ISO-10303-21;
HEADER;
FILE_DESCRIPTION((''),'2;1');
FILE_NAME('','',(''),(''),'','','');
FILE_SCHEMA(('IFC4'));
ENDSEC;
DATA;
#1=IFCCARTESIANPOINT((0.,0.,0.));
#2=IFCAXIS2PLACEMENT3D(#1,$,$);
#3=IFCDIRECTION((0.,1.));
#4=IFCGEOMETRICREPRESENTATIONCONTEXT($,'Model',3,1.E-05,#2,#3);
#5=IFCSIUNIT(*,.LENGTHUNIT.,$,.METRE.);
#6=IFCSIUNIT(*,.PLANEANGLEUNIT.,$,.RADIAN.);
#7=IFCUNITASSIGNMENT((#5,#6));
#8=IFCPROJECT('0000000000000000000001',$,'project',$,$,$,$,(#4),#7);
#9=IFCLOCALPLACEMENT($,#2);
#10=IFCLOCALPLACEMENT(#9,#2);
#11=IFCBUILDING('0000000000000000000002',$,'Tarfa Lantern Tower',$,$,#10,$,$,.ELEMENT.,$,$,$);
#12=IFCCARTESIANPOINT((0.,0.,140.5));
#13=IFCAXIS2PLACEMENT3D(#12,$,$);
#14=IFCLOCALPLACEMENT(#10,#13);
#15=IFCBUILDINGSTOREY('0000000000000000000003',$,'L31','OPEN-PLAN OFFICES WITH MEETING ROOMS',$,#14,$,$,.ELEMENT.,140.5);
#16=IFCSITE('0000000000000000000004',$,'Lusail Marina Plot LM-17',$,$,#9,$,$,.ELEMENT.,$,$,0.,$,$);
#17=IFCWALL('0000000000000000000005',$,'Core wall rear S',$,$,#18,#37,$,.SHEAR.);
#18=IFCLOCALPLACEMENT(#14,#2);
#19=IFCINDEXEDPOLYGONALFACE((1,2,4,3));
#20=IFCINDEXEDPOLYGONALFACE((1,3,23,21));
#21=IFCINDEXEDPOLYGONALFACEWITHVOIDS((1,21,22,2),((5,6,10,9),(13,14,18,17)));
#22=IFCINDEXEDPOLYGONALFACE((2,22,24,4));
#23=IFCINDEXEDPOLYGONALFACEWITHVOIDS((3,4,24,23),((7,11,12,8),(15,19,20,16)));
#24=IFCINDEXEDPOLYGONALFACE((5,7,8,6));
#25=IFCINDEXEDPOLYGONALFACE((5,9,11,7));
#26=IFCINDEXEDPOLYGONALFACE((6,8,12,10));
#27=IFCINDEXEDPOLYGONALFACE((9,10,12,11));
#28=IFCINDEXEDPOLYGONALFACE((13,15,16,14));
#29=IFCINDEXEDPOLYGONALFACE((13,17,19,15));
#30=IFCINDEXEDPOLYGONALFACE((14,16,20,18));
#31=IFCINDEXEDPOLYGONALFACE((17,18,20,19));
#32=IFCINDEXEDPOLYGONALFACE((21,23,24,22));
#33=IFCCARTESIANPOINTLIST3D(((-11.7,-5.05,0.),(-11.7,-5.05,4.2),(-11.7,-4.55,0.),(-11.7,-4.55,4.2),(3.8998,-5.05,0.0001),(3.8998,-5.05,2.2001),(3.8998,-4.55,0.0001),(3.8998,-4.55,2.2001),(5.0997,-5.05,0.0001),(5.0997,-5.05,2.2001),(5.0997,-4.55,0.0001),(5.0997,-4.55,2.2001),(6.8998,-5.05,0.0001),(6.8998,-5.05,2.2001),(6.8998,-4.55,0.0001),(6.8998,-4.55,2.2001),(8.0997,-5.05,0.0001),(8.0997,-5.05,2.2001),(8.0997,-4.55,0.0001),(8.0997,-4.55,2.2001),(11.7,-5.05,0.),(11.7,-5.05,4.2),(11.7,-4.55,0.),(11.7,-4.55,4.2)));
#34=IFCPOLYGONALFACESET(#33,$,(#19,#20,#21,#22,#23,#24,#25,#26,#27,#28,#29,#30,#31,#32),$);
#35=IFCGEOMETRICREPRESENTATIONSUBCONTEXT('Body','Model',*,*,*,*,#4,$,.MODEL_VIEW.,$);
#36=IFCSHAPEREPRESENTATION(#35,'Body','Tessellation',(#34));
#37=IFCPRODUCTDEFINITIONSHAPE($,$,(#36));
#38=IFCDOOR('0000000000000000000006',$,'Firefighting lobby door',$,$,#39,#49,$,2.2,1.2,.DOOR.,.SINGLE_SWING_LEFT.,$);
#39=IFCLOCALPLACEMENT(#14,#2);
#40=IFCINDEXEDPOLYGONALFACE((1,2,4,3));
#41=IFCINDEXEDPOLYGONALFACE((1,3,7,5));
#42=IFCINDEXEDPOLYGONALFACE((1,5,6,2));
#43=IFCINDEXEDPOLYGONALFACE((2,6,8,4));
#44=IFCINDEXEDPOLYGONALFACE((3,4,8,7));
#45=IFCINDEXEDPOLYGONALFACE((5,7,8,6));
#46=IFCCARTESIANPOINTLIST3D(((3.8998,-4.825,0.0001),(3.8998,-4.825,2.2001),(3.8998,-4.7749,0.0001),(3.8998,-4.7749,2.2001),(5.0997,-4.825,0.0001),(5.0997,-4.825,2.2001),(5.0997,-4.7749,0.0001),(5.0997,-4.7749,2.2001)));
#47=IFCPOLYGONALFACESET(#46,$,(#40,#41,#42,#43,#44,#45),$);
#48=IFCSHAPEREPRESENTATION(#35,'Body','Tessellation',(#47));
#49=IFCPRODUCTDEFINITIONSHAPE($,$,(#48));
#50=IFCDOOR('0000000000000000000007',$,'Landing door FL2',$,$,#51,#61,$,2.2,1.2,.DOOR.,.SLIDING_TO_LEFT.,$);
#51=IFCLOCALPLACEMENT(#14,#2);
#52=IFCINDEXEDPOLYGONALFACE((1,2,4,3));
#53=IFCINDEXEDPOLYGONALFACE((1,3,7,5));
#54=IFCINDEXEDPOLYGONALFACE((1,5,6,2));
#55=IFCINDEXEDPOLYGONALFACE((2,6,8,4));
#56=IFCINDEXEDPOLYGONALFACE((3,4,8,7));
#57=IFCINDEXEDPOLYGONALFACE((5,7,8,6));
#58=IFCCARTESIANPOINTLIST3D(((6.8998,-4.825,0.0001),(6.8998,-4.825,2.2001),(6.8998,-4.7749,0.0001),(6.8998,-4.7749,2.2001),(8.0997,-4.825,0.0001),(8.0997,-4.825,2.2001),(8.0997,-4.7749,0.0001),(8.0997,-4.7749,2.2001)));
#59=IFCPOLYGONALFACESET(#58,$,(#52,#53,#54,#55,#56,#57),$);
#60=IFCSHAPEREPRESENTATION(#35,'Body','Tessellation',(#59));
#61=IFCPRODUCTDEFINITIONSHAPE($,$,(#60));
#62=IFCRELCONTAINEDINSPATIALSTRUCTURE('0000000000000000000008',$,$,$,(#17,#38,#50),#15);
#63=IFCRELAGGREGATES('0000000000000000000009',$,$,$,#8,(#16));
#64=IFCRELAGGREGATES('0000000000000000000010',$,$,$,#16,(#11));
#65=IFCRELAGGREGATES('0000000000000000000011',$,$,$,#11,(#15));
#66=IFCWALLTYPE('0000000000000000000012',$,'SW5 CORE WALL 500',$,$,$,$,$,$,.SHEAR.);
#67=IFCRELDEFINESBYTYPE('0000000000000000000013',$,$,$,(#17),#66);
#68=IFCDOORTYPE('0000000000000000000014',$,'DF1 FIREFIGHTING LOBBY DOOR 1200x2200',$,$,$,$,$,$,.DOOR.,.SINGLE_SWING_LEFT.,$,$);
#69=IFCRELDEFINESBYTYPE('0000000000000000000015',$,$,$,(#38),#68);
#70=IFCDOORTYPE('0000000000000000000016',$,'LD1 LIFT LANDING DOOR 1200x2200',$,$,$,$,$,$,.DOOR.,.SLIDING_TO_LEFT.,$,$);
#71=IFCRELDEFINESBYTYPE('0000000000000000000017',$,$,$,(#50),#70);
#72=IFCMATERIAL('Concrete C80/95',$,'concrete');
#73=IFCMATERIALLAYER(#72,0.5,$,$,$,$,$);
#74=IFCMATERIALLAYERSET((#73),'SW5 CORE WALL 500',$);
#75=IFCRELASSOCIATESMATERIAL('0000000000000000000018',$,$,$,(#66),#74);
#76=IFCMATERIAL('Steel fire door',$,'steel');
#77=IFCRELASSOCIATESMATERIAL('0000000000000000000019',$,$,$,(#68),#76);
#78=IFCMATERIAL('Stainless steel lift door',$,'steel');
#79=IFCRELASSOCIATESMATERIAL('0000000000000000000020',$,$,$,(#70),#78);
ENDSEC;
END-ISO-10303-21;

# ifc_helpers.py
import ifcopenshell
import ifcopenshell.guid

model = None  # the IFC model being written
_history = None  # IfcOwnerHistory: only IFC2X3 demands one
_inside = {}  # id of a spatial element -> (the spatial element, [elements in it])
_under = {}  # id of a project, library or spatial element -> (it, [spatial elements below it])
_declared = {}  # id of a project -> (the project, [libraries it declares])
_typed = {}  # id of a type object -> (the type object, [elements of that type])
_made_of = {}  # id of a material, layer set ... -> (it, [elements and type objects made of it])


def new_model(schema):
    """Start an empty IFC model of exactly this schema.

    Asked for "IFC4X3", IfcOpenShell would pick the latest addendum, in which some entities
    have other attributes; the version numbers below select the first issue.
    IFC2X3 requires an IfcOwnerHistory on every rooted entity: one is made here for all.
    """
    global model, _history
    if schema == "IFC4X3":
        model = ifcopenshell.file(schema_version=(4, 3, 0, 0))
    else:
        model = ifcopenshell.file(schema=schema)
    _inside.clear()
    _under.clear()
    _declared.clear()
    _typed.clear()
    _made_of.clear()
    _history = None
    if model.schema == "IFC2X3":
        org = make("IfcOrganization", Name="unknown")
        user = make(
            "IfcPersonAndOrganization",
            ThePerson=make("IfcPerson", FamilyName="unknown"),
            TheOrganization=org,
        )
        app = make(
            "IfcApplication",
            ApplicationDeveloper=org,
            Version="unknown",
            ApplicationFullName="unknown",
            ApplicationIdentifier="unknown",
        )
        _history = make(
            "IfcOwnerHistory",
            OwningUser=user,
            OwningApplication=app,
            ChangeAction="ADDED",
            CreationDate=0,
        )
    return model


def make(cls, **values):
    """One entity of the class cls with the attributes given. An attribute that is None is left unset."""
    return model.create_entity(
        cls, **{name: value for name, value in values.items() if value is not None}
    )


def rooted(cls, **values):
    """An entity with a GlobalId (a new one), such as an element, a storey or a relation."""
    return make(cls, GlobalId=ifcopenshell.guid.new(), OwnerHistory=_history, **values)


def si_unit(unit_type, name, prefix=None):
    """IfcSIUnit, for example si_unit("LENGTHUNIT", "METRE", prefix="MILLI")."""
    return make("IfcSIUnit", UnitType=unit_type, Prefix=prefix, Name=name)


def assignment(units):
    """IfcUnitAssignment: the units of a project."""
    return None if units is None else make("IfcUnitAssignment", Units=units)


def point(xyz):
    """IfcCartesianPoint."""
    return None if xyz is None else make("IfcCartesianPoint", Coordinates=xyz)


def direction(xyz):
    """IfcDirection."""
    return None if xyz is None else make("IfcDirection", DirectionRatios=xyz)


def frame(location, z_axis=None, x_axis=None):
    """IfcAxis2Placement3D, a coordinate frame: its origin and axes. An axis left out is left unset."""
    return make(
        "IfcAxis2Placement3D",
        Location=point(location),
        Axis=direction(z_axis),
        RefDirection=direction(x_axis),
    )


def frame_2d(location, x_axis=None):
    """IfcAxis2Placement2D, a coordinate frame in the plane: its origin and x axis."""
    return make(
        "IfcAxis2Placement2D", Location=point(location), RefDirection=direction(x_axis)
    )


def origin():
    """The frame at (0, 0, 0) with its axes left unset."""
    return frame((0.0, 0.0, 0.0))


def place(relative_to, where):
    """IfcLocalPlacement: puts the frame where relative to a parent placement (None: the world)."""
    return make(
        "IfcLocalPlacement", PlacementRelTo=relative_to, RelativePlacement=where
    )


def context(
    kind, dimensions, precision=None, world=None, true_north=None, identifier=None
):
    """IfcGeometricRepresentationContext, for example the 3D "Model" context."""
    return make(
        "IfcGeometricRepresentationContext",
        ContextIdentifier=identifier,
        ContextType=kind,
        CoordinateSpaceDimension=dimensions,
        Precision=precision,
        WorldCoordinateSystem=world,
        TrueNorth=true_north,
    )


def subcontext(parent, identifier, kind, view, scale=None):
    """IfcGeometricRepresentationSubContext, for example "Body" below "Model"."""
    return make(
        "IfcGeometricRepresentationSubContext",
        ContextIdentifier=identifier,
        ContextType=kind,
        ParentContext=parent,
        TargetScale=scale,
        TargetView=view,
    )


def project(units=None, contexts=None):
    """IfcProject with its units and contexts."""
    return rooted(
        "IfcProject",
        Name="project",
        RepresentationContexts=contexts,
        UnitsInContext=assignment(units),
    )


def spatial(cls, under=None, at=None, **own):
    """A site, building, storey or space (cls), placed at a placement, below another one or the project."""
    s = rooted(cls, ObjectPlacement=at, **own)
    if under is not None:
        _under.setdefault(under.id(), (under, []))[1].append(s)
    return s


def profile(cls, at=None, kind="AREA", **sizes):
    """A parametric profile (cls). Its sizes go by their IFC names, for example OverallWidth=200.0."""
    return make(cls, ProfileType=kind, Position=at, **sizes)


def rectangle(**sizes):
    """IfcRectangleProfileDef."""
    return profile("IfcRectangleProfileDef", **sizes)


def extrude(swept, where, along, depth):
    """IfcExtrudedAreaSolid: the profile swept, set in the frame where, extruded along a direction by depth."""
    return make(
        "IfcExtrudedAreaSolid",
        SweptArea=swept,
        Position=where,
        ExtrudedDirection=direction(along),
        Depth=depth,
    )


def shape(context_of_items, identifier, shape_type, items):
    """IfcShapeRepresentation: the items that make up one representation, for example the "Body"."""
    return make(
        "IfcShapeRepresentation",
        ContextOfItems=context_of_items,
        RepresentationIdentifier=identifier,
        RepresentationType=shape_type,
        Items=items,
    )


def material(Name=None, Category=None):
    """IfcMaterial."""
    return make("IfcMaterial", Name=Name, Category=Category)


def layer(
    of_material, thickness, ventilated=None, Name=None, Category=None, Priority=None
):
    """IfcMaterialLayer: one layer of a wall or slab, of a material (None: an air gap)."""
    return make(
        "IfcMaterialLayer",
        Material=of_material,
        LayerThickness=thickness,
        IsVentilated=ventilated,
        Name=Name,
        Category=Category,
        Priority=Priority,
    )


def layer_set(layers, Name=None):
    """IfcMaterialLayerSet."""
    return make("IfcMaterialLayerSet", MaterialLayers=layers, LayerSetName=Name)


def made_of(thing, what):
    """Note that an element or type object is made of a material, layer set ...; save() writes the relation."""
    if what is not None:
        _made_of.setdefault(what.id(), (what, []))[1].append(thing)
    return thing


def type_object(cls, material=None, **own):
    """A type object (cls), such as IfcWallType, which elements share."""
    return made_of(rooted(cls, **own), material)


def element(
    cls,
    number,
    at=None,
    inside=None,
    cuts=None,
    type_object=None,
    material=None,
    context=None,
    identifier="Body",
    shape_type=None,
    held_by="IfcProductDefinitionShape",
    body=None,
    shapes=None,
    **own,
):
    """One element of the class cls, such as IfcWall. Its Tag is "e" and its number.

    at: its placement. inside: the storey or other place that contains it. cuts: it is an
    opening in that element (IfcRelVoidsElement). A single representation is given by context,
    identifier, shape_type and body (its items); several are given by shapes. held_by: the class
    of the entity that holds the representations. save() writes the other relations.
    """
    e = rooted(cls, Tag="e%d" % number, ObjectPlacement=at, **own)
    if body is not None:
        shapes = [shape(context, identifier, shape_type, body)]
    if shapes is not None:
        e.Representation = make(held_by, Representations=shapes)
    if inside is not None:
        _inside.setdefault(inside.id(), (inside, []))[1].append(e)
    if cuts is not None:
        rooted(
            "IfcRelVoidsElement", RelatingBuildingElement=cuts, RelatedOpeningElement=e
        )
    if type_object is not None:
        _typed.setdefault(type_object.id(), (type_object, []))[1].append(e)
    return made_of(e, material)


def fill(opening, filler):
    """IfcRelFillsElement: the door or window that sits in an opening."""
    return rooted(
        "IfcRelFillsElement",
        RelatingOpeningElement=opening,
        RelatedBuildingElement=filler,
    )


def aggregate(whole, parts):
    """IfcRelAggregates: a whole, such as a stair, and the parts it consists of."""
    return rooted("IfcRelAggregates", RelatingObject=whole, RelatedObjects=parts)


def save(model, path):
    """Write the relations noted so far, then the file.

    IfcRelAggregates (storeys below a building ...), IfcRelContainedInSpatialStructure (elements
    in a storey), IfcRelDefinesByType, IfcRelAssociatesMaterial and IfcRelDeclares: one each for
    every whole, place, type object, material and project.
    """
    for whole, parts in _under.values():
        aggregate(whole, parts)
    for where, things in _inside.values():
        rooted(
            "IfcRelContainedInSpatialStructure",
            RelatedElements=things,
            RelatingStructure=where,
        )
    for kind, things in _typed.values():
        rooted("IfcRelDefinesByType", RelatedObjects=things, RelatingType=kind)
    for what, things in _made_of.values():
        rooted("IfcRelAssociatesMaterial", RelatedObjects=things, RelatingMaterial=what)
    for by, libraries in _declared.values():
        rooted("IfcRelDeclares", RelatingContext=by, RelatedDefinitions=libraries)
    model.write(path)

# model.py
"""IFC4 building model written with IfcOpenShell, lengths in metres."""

from ifc_helpers import new_model, si_unit, direction, frame, frame_2d, origin, place, context, subcontext, project, spatial, rectangle, extrude, material, layer, layer_set, type_object, element, fill, save


model = new_model("IFC4")

# Units and contexts
model_context = context("Model", 3, precision=1e-05, world=origin(), true_north=direction((0.0, 1.0)))
body_context = subcontext(model_context, "Body", "Model", "MODEL_VIEW")
ifc_project = project(units=[si_unit("LENGTHUNIT", "METRE"), si_unit("PLANEANGLEUNIT", "RADIAN")], contexts=[model_context])

# Site, building, storey
site_placement = place(None, origin())
site = spatial("IfcSite", under=ifc_project, at=site_placement, Name="Lusail Marina Plot LM-17", CompositionType="ELEMENT", RefElevation=0.0)
building_placement = place(site_placement, origin())
building = spatial("IfcBuilding", under=site, at=building_placement, Name="Tarfa Lantern Tower", CompositionType="ELEMENT")
storey_placement = place(building_placement, frame((0.0, 0.0, 140.5)))
storey = spatial("IfcBuildingStorey", under=building, at=storey_placement, Name="L31", Description="OPEN-PLAN OFFICES WITH MEETING ROOMS", CompositionType="ELEMENT", Elevation=140.5)

# Shared definitions
ifc_material_1 = material(Name="Concrete C80/95", Category="concrete")

# Shared definitions
ifc_material_2 = material(Name="Steel fire door", Category="steel")
ifc_layer_1 = layer(ifc_material_1, 0.5)
ifc_layer_set_1 = layer_set([ifc_layer_1], Name="SW5 CORE WALL 500")
wall_type_1 = type_object("IfcWallType", Name="SW5 CORE WALL 500", PredefinedType="SHEAR", material=ifc_layer_set_1)

# Wall, openings, doors
wall_1_placement = place(storey_placement, frame((11.7, -4.8, 0.0), z_axis=(0.0, 0.0, 1.0), x_axis=(-1.0, 0.0, 0.0)))
wall_1 = element("IfcWall", 1, at=wall_1_placement, inside=storey, type_object=wall_type_1, Name="Core wall rear S", PredefinedType="SHEAR", context=body_context, shape_type="SweptSolid", body=[
    extrude(rectangle(XDim=23.3999, YDim=0.5, at=frame_2d((11.7, 0.0))), origin(), (0.0, 0.0, 1.0), 4.2),
])
opening_1_placement = place(wall_1_placement, frame((6.6001, 0.0, 0.0)))
opening_1 = element("IfcOpeningElement", 2, at=opening_1_placement, cuts=wall_1, PredefinedType="OPENING", context=body_context, shape_type="SweptSolid", body=[
    extrude(rectangle(XDim=1.2, YDim=2.2, at=frame_2d((0.6001, 1.1001))), frame((0.0, 0.26, 0.0), z_axis=(0.0, -1.0, 0.0), x_axis=(1.0, 0.0, 0.0)), (0.0, 0.0, 1.0), 0.52),
])
opening_2_placement = place(wall_1_placement, frame((3.6001, 0.0, 0.0)))
opening_2 = element("IfcOpeningElement", 3, at=opening_2_placement, cuts=wall_1, PredefinedType="OPENING", context=body_context, shape_type="SweptSolid", body=[
    extrude(rectangle(XDim=1.2, YDim=2.2, at=frame_2d((0.6001, 1.1001))), frame((0.0, 0.26, 0.0), z_axis=(0.0, -1.0, 0.0), x_axis=(1.0, 0.0, 0.0)), (0.0, 0.0, 1.0), 0.52),
])
door_type_1 = type_object("IfcDoorType", Name="DF1 FIREFIGHTING LOBBY DOOR 1200x2200", OperationType="SINGLE_SWING_LEFT", PredefinedType="DOOR", material=ifc_material_2)
door_1_placement = place(opening_1_placement, origin())
door_1 = element("IfcDoor", 4, at=door_1_placement, inside=storey, type_object=door_type_1, Name="Firefighting lobby door", OperationType="SINGLE_SWING_LEFT", OverallHeight=2.2, OverallWidth=1.2, PredefinedType="DOOR", context=body_context, shape_type="SweptSolid", body=[
    extrude(rectangle(XDim=1.2, YDim=2.2, at=frame_2d((0.6001, 1.1001))), frame((0.0, 0.0249, 0.0), z_axis=(0.0, -1.0, 0.0), x_axis=(1.0, 0.0, 0.0)), (0.0, 0.0, 1.0), 0.05),
])
fill(opening_1, door_1)
ifc_material_3 = material(Name="Stainless steel lift door", Category="steel")
door_type_2 = type_object("IfcDoorType", Name="LD1 LIFT LANDING DOOR 1200x2200", OperationType="SLIDING_TO_LEFT", PredefinedType="DOOR", material=ifc_material_3)
door_2_placement = place(opening_2_placement, origin())
door_2 = element("IfcDoor", 5, at=door_2_placement, inside=storey, type_object=door_type_2, Name="Landing door FL2", OperationType="SLIDING_TO_LEFT", OverallHeight=2.2, OverallWidth=1.2, PredefinedType="DOOR", context=body_context, shape_type="SweptSolid", body=[
    extrude(rectangle(XDim=1.2, YDim=2.2, at=frame_2d((0.6001, 1.1001))), frame((0.0, 0.0249, 0.0), z_axis=(0.0, -1.0, 0.0), x_axis=(1.0, 0.0, 0.0)), (0.0, 0.0, 1.0), 0.05),
])
fill(opening_2, door_2)

save(model, "model.ifc")
